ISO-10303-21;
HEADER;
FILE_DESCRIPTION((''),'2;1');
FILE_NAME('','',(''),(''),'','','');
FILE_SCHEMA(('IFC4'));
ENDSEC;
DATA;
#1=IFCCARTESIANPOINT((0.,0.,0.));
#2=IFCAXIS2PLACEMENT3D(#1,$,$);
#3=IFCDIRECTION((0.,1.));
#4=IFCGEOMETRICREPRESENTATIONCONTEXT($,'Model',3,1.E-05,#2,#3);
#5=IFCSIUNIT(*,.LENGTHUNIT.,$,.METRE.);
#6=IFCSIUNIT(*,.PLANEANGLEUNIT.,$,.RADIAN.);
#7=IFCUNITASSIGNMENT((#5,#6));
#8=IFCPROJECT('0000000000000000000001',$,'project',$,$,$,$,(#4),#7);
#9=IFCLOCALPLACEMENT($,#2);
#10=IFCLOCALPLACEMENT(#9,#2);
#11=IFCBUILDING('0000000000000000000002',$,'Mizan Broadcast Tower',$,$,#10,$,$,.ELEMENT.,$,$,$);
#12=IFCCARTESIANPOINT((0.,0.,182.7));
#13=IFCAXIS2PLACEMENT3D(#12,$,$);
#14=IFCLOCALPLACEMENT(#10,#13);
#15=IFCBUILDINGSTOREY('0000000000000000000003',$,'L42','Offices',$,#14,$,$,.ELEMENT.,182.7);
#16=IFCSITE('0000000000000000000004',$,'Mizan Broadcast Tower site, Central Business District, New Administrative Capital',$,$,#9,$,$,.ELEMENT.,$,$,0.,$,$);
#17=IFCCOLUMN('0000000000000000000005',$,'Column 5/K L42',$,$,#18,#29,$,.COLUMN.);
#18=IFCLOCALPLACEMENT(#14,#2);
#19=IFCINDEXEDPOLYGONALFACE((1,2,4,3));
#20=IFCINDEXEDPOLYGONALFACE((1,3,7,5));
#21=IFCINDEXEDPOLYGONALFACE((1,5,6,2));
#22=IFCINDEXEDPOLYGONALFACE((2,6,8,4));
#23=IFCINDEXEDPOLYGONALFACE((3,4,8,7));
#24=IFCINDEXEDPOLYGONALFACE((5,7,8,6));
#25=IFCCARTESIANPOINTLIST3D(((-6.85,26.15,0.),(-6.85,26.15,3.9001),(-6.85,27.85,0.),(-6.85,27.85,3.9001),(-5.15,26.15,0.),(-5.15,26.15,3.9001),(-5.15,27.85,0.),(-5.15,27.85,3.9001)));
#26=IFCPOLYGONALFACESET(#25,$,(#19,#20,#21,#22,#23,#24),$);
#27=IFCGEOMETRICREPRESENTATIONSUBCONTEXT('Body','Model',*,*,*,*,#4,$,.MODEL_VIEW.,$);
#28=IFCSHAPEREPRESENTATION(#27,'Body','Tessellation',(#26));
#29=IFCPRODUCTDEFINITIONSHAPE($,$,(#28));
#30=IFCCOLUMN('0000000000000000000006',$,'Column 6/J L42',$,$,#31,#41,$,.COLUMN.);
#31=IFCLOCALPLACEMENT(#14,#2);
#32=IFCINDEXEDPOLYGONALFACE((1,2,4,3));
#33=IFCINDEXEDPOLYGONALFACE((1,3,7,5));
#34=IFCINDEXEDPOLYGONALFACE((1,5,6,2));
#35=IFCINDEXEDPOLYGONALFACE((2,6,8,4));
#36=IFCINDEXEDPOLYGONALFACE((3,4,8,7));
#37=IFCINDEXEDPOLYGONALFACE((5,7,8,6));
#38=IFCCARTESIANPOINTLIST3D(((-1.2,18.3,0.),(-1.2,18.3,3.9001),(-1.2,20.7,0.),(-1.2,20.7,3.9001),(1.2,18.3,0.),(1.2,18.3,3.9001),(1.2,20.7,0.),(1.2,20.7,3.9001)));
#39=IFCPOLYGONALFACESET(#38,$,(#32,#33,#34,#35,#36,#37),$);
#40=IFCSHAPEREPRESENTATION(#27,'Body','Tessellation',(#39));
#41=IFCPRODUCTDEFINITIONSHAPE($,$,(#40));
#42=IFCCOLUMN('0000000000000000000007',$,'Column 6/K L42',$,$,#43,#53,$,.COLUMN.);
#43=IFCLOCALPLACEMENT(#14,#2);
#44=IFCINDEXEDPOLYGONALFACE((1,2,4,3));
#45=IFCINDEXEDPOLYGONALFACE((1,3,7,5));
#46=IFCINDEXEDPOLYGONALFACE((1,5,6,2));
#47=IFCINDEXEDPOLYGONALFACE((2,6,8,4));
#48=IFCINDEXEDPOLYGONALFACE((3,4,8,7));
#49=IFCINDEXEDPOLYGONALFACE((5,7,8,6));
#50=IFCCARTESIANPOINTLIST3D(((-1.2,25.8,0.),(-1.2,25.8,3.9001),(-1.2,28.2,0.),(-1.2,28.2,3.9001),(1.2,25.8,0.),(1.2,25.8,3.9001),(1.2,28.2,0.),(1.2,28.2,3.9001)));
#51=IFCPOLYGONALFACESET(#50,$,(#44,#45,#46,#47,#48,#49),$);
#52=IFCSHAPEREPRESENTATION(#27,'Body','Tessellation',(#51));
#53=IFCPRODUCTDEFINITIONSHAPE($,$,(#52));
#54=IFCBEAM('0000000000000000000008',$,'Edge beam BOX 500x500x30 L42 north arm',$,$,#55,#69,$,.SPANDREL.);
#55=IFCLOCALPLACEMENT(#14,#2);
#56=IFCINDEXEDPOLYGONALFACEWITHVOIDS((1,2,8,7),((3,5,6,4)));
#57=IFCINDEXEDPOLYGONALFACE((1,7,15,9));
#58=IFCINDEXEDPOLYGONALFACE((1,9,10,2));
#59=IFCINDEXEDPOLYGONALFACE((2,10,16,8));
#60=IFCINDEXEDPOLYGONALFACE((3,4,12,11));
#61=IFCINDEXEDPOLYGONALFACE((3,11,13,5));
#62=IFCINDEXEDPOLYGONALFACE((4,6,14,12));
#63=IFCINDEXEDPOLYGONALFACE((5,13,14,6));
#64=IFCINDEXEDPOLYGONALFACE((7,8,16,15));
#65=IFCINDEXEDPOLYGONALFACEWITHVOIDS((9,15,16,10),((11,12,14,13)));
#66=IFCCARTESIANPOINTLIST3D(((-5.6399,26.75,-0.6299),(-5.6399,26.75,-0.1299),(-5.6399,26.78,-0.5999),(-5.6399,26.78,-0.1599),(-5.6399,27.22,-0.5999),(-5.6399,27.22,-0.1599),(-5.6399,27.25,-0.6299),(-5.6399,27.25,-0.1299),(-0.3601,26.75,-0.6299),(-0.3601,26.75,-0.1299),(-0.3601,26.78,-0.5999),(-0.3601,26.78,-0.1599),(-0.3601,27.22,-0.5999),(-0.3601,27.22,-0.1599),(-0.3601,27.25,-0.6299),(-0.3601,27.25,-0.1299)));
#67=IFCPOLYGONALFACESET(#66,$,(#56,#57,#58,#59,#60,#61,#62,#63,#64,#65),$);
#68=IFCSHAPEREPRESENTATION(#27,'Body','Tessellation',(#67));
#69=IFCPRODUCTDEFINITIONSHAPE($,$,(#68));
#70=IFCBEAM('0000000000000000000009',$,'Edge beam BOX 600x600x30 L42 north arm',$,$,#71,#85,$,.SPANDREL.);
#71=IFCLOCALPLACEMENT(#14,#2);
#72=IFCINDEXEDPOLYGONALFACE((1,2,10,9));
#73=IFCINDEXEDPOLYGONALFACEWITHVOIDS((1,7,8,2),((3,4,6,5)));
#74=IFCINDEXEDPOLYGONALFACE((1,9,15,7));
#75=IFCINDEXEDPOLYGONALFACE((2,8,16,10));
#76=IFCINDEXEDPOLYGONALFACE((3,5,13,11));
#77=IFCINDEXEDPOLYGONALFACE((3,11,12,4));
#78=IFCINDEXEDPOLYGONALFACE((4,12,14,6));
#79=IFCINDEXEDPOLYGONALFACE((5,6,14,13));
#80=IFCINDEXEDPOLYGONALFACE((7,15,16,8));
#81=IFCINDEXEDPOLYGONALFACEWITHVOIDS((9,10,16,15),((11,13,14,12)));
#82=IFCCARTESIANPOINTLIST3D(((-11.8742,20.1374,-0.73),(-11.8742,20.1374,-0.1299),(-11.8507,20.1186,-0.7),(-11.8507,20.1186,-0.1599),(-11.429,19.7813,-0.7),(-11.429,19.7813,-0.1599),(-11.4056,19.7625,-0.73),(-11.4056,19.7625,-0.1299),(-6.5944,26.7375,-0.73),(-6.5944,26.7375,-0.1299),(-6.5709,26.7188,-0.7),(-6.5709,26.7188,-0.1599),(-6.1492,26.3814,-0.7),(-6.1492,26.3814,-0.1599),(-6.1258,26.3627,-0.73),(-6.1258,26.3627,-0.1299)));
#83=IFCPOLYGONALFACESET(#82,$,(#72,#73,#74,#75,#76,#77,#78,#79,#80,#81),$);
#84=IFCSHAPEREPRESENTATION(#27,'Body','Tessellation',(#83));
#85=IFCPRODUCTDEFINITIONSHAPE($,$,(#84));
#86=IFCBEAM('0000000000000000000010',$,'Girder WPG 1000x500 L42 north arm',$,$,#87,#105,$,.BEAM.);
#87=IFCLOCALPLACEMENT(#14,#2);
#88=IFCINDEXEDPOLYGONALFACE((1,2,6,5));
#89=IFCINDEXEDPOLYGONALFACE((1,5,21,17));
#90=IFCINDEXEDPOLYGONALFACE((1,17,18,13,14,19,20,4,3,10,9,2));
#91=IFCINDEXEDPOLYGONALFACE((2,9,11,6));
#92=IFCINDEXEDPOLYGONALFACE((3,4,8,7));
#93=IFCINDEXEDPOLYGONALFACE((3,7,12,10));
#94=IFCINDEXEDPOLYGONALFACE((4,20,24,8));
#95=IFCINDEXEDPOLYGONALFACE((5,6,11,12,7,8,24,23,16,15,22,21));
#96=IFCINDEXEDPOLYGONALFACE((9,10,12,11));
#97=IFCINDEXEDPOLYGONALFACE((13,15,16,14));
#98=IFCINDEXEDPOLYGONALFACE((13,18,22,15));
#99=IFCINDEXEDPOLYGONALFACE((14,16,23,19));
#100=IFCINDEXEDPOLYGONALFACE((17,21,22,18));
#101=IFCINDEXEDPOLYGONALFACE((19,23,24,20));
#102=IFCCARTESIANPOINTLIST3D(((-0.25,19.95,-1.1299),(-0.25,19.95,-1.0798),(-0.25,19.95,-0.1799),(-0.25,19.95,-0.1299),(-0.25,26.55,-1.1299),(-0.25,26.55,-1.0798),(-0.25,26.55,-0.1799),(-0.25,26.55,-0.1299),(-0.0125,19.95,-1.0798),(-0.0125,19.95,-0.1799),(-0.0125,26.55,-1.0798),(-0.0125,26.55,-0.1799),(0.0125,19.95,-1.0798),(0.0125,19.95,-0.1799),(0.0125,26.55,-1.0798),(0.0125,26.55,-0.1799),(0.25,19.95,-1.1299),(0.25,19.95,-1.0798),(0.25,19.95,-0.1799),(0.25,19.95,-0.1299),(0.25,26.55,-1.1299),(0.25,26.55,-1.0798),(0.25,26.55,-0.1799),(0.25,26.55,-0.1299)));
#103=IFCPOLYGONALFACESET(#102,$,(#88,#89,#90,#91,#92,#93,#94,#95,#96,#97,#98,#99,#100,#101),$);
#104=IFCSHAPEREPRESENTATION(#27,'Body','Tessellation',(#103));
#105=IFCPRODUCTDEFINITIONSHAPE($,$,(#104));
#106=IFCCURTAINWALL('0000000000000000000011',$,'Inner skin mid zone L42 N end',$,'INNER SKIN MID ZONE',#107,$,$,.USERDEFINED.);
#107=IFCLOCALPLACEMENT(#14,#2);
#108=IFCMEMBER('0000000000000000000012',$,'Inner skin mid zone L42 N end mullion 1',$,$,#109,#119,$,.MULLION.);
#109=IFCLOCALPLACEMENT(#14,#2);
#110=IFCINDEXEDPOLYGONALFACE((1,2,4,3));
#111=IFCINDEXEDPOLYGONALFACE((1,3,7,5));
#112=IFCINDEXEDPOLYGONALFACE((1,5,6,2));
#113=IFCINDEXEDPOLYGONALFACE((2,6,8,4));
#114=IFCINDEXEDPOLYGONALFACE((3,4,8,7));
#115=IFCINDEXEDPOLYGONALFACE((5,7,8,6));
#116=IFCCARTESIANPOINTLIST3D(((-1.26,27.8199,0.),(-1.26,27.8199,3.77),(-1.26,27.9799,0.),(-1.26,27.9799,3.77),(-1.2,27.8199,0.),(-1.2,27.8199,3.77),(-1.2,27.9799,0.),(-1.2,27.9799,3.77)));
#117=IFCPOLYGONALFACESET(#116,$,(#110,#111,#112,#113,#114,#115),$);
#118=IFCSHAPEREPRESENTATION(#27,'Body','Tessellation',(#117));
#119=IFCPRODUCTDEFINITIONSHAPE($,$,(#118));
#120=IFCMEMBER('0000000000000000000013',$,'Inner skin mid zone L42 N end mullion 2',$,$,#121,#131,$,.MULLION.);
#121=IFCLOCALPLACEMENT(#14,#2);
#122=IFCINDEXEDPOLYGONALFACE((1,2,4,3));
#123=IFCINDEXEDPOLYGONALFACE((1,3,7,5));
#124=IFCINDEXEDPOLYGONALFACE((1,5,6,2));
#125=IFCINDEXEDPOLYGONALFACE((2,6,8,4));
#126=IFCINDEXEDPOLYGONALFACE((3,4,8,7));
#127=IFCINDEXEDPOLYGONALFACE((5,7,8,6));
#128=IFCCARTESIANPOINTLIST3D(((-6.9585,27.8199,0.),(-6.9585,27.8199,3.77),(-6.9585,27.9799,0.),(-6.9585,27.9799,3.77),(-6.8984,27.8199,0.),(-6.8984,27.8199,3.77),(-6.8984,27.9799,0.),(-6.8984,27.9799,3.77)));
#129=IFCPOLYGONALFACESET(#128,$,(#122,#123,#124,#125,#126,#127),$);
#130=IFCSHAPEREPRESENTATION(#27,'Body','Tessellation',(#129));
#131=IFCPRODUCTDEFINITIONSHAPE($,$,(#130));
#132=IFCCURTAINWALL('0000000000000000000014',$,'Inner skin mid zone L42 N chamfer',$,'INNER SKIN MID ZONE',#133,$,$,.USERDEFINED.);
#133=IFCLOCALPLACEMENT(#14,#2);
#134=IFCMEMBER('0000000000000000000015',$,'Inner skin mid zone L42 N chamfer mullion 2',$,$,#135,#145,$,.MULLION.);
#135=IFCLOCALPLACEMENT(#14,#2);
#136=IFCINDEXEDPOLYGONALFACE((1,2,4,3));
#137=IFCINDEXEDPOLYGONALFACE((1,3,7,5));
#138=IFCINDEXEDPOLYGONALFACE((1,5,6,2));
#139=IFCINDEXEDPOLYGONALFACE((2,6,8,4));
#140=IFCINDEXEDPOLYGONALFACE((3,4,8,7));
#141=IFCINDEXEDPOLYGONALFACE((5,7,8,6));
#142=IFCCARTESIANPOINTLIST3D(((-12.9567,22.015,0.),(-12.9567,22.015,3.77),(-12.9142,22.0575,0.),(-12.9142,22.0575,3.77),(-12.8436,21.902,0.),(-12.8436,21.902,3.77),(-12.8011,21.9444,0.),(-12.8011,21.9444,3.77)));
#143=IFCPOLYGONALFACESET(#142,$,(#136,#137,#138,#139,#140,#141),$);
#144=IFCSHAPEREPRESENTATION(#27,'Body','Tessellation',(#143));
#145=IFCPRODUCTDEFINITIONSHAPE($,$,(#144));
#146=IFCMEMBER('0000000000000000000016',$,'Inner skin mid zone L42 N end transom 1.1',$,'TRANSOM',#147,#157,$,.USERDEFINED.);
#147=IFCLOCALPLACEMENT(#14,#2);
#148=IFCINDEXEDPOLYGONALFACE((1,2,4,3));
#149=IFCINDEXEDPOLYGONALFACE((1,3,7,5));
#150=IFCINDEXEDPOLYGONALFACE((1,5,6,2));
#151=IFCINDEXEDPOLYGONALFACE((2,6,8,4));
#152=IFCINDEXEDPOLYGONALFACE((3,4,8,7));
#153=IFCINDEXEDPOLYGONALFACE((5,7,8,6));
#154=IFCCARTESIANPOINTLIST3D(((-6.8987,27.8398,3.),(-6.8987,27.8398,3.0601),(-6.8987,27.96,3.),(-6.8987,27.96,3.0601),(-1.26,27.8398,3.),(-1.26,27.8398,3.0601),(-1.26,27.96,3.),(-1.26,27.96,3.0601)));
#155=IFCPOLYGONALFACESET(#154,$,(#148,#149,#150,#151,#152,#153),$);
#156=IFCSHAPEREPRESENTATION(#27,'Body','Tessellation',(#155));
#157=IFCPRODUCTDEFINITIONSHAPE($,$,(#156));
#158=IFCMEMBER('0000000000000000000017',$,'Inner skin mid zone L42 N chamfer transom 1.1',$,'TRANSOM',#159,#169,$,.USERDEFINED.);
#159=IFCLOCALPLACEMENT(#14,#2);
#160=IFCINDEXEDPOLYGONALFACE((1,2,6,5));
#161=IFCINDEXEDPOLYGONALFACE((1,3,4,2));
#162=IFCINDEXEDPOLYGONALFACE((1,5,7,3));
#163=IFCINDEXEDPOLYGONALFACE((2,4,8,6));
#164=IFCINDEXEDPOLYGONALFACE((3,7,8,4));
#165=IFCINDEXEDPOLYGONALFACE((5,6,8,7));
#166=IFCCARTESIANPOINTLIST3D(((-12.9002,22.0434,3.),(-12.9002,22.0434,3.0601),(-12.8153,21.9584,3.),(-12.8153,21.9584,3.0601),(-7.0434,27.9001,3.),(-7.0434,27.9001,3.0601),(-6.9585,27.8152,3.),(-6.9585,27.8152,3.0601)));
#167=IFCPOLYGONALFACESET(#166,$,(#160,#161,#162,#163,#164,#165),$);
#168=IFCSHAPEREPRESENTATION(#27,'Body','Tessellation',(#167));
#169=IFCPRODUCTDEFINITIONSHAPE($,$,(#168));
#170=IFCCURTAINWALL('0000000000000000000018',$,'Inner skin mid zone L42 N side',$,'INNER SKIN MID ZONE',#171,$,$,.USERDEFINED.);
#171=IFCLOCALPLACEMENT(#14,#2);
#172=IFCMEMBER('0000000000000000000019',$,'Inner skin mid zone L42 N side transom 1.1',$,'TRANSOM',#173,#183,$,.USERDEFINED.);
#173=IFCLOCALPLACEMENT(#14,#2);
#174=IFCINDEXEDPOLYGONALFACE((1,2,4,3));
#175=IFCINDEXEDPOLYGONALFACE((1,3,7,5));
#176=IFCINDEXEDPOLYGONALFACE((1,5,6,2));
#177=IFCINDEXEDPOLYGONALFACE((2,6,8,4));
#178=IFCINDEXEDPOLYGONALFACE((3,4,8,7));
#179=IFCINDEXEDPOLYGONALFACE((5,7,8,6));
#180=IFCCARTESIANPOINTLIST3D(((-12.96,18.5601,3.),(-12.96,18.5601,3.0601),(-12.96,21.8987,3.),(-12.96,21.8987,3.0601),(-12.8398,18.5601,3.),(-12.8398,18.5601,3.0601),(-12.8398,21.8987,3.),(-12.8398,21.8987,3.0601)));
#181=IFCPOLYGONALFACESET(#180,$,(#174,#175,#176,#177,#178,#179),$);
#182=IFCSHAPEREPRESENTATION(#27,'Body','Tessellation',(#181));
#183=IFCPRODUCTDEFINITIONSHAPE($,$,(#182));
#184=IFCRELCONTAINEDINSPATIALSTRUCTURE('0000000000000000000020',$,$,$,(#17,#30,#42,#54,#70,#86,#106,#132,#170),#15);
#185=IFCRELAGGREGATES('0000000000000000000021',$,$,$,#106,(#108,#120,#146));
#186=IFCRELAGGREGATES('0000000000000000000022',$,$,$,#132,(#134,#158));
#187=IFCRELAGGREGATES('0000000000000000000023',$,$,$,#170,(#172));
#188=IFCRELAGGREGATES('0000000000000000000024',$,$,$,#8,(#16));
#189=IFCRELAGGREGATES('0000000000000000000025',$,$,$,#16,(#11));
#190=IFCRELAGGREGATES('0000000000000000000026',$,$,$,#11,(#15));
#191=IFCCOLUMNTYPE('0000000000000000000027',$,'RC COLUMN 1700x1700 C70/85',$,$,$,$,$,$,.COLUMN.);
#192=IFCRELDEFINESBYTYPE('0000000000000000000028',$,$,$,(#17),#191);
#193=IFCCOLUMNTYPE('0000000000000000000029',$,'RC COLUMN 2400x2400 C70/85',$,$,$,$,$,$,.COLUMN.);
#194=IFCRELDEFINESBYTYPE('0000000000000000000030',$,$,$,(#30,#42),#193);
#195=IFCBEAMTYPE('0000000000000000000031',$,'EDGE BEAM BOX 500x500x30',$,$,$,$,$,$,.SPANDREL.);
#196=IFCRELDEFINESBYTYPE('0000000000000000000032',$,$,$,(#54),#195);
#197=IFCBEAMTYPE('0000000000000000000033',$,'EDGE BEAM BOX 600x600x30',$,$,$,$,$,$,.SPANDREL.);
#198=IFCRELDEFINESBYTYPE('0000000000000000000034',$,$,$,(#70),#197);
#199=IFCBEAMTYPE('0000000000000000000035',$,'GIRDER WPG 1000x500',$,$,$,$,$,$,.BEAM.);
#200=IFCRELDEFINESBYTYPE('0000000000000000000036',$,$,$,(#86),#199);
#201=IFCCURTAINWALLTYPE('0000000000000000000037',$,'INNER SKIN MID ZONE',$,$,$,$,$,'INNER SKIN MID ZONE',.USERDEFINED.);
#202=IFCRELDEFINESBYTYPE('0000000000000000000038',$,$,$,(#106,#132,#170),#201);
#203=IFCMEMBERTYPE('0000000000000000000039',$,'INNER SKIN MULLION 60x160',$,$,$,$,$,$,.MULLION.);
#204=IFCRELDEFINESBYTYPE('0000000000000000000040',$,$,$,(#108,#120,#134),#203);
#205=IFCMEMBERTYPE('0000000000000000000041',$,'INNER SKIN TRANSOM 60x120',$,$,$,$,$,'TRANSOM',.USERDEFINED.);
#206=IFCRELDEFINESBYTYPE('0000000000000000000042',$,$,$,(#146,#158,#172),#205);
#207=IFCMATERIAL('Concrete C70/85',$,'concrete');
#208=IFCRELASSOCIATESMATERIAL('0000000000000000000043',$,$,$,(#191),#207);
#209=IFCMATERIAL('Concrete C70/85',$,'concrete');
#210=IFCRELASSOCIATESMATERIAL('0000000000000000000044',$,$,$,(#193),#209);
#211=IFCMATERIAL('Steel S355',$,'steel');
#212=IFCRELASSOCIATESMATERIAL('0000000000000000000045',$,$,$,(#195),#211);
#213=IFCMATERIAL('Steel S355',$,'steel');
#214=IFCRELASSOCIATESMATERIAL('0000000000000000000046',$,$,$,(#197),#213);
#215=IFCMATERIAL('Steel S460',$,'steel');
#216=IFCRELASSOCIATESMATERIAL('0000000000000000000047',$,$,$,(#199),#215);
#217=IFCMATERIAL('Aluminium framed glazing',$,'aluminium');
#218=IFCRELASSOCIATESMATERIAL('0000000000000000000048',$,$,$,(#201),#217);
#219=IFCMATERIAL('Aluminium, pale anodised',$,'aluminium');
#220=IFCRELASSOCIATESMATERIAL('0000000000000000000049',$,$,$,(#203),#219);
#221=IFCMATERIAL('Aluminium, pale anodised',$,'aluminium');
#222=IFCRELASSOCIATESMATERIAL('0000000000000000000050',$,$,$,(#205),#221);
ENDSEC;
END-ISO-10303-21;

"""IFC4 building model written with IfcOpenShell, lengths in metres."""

from ifc_helpers import new_model, si_unit, direction, frame, origin, origin_2d, place, context, subcontext, project, spatial, rectangle, hollow_rectangle, i_section, extrude, material, material_profile, profile_set, type_object, element, aggregate, save


model = new_model("IFC4")

# Units and contexts
model_context = context("Model", 3, precision=1e-05, world=origin(), true_north=direction((0.0, 1.0)))
body_context = subcontext(model_context, "Body", "Model", "MODEL_VIEW")
ifc_project = project(units=[si_unit("LENGTHUNIT", "METRE"), si_unit("PLANEANGLEUNIT", "RADIAN")], contexts=[model_context])

# Site, building, storey
site_placement = place(None, origin())
site = spatial("IfcSite", under=ifc_project, at=site_placement, Name="Mizan Broadcast Tower site, Central Business District, New Administrative Capital", CompositionType="ELEMENT", RefElevation=0.0)
building_placement = place(site_placement, origin())
building = spatial("IfcBuilding", under=site, at=building_placement, Name="Mizan Broadcast Tower", CompositionType="ELEMENT")
storey_placement = place(building_placement, frame((0.0, 0.0, 182.7)))
storey = spatial("IfcBuildingStorey", under=building, at=storey_placement, Name="L42", Description="Offices", CompositionType="ELEMENT", Elevation=182.7)

# Columns
ifc_material_1 = material(Name="Concrete C70/85", Category="concrete")
ifc_material_profile_1 = material_profile(ifc_material_1, rectangle(XDim=1.7, YDim=1.7, at=origin_2d()), Name="RC 1700x1700")
ifc_profile_set_1 = profile_set([ifc_material_profile_1], Name="Concrete C70/85")
column_type_1 = type_object("IfcColumnType", Name="RC COLUMN 1700x1700 C70/85", PredefinedType="COLUMN", material=ifc_profile_set_1)
column_placement = place(storey_placement, frame((-6.0, 27.0, 0.0), z_axis=(0.0, 0.0, 1.0), x_axis=(1.0, 0.0, 0.0)))
element("IfcColumn", 1, at=column_placement, inside=storey, type_object=column_type_1, Name="Column 5/K L42", PredefinedType="COLUMN", context=body_context, shape_type="SweptSolid", body=[
    extrude(rectangle(XDim=1.7, YDim=1.7, at=origin_2d()), origin(), (0.0, 0.0, 1.0), 3.9001),
])
ifc_material_2 = material(Name="Concrete C70/85", Category="concrete")
ifc_material_profile_2 = material_profile(ifc_material_2, rectangle(XDim=2.3999, YDim=2.3999, at=origin_2d()), Name="RC 2400x2400")
ifc_profile_set_2 = profile_set([ifc_material_profile_2], Name="Concrete C70/85")
column_type_2 = type_object("IfcColumnType", Name="RC COLUMN 2400x2400 C70/85", PredefinedType="COLUMN", material=ifc_profile_set_2)
for number, where, z_axis, x_axis, name in (
    (2, (0.0, 19.5, 0.0), (0.0, 0.0, 1.0), (1.0, 0.0, 0.0), "Column 6/J L42"),
    (3, (0.0, 27.0, 0.0), (0.0, 0.0, 1.0), (1.0, 0.0, 0.0), "Column 6/K L42"),
):
    element("IfcColumn", number, at=place(storey_placement, frame(where, z_axis=z_axis, x_axis=x_axis)), inside=storey, type_object=column_type_2, Name=name, PredefinedType="COLUMN", context=body_context, shape_type="SweptSolid", body=[
        extrude(rectangle(XDim=2.3999, YDim=2.3999, at=origin_2d()), origin(), (0.0, 0.0, 1.0), 3.9001),
    ])

# Beams
ifc_material_3 = material(Name="Steel S355", Category="steel")
ifc_material_profile_3 = material_profile(ifc_material_3, hollow_rectangle(XDim=0.5, YDim=0.5, WallThickness=0.03, at=origin_2d()), Name="BOX 500x500x30")
ifc_profile_set_3 = profile_set([ifc_material_profile_3], Name="Steel S355")
beam_type_1 = type_object("IfcBeamType", Name="EDGE BEAM BOX 500x500x30", PredefinedType="SPANDREL", material=ifc_profile_set_3)
beam_1_placement = place(storey_placement, frame((-5.6399, 27.0, -0.3799), z_axis=(1.0, 0.0, 0.0), x_axis=(0.0, 1.0, 0.0)))
element("IfcBeam", 4, at=beam_1_placement, inside=storey, type_object=beam_type_1, Name="Edge beam BOX 500x500x30 L42 north arm", PredefinedType="SPANDREL", context=body_context, shape_type="SweptSolid", body=[
    extrude(hollow_rectangle(XDim=0.5, YDim=0.5, WallThickness=0.03, at=origin_2d()), origin(), (0.0, 0.0, 1.0), 5.2798),
])
ifc_material_4 = material(Name="Steel S355", Category="steel")
ifc_material_profile_4 = material_profile(ifc_material_4, hollow_rectangle(XDim=0.6001, YDim=0.6001, WallThickness=0.03, at=origin_2d()), Name="BOX 600x600x30")
ifc_profile_set_4 = profile_set([ifc_material_profile_4], Name="Steel S355")
beam_type_2 = type_object("IfcBeamType", Name="EDGE BEAM BOX 600x600x30", PredefinedType="SPANDREL", material=ifc_profile_set_4)
beam_2_placement = place(storey_placement, frame((-11.6399, 19.95, -0.4299), z_axis=(0.624674, 0.780886, 0.0), x_axis=(-0.780886, 0.624674, 0.0)))
element("IfcBeam", 5, at=beam_2_placement, inside=storey, type_object=beam_type_2, Name="Edge beam BOX 600x600x30 L42 north arm", PredefinedType="SPANDREL", context=body_context, shape_type="SweptSolid", body=[
    extrude(hollow_rectangle(XDim=0.6001, YDim=0.6001, WallThickness=0.03, at=origin_2d()), origin(), (0.0, 0.0, 1.0), 8.4521),
])
ifc_material_5 = material(Name="Steel S460", Category="steel")
ifc_material_profile_5 = material_profile(ifc_material_5, i_section(OverallWidth=0.5, OverallDepth=1.0, WebThickness=0.0249, FlangeThickness=0.05, at=origin_2d()), Name="WPG 1000x500")
ifc_profile_set_5 = profile_set([ifc_material_profile_5], Name="Steel S460")
beam_type_3 = type_object("IfcBeamType", Name="GIRDER WPG 1000x500", PredefinedType="BEAM", material=ifc_profile_set_5)
beam_3_placement = place(storey_placement, frame((0.0, 19.95, -0.6299), z_axis=(0.0, 1.0, 0.0), x_axis=(-1.0, 0.0, 0.0)))
element("IfcBeam", 6, at=beam_3_placement, inside=storey, type_object=beam_type_3, Name="Girder WPG 1000x500 L42 north arm", PredefinedType="BEAM", context=body_context, shape_type="SweptSolid", body=[
    extrude(i_section(OverallWidth=0.5, OverallDepth=1.0, WebThickness=0.0249, FlangeThickness=0.05, at=origin_2d()), origin(), (0.0, 0.0, 1.0), 6.6001),
])

# Curtain wall, members
ifc_material_6 = material(Name="Aluminium framed glazing", Category="aluminium")
curtain_wall_type_1 = type_object("IfcCurtainWallType", Name="INNER SKIN MID ZONE", ElementType="INNER SKIN MID ZONE", PredefinedType="USERDEFINED", material=ifc_material_6)
curtain_wall_1_placement = place(storey_placement, origin())
curtain_wall_1 = element("IfcCurtainWall", 7, at=curtain_wall_1_placement, inside=storey, type_object=curtain_wall_type_1, Name="Inner skin mid zone L42 N end", ObjectType="INNER SKIN MID ZONE", PredefinedType="USERDEFINED")
ifc_material_7 = material(Name="Aluminium, pale anodised", Category="aluminium")
ifc_material_profile_6 = material_profile(ifc_material_7, rectangle(XDim=0.1599, YDim=0.0601, at=origin_2d()), Name="MULLION 160x60")
ifc_profile_set_6 = profile_set([ifc_material_profile_6], Name="Aluminium, pale anodised")
member_type_1 = type_object("IfcMemberType", Name="INNER SKIN MULLION 60x160", PredefinedType="MULLION", material=ifc_profile_set_6)
member_1_placement = place(storey_placement, frame((-1.23, 27.8999, 0.0), z_axis=(0.0, 0.0, 1.0), x_axis=(0.0, -1.0, 0.0)))
member_1 = element("IfcMember", 8, at=member_1_placement, type_object=member_type_1, Name="Inner skin mid zone L42 N end mullion 1", PredefinedType="MULLION", context=body_context, shape_type="SweptSolid", body=[
    extrude(rectangle(XDim=0.1599, YDim=0.0601, at=origin_2d()), origin(), (0.0, 0.0, 1.0), 3.77),
])
member_2_placement = place(storey_placement, frame((-6.9285, 27.8999, 0.0), z_axis=(0.0, 0.0, 1.0), x_axis=(0.0, -1.0, 0.0)))
member_2 = element("IfcMember", 9, at=member_2_placement, type_object=member_type_1, Name="Inner skin mid zone L42 N end mullion 2", PredefinedType="MULLION", context=body_context, shape_type="SweptSolid", body=[
    extrude(rectangle(XDim=0.1599, YDim=0.0601, at=origin_2d()), origin(), (0.0, 0.0, 1.0), 3.77),
])

# Curtain wall, member
curtain_wall_2_placement = place(storey_placement, origin())
curtain_wall_2 = element("IfcCurtainWall", 10, at=curtain_wall_2_placement, inside=storey, type_object=curtain_wall_type_1, Name="Inner skin mid zone L42 N chamfer", ObjectType="INNER SKIN MID ZONE", PredefinedType="USERDEFINED")
member_3_placement = place(storey_placement, frame((-12.8789, 21.9797, 0.0), z_axis=(0.0, 0.0, 1.0), x_axis=(0.707107, -0.707107, 0.0)))
member_3 = element("IfcMember", 11, at=member_3_placement, type_object=member_type_1, Name="Inner skin mid zone L42 N chamfer mullion 2", PredefinedType="MULLION", context=body_context, shape_type="SweptSolid", body=[
    extrude(rectangle(XDim=0.1599, YDim=0.0601, at=origin_2d()), origin(), (0.0, 0.0, 1.0), 3.77),
])

# Members
ifc_material_8 = material(Name="Aluminium, pale anodised", Category="aluminium")
ifc_material_profile_7 = material_profile(ifc_material_8, rectangle(XDim=0.1201, YDim=0.0601, at=origin_2d()), Name="TRANSOM 120x60")
ifc_profile_set_7 = profile_set([ifc_material_profile_7], Name="Aluminium, pale anodised")
member_type_2 = type_object("IfcMemberType", Name="INNER SKIN TRANSOM 60x120", ElementType="TRANSOM", PredefinedType="USERDEFINED", material=ifc_profile_set_7)
member_4_placement = place(storey_placement, frame((-1.26, 27.8999, 3.03), z_axis=(-1.0, 0.0, 0.0), x_axis=(0.0, -1.0, 0.0)))
member_4 = element("IfcMember", 12, at=member_4_placement, type_object=member_type_2, Name="Inner skin mid zone L42 N end transom 1.1", ObjectType="TRANSOM", PredefinedType="USERDEFINED", context=body_context, shape_type="SweptSolid", body=[
    extrude(rectangle(XDim=0.1201, YDim=0.0601, at=origin_2d()), origin(), (0.0, 0.0, 1.0), 5.6387),
])
member_5_placement = place(storey_placement, frame((-7.001, 27.8577, 3.03), z_axis=(-0.707107, -0.707107, 0.0), x_axis=(0.707107, -0.707107, 0.0)))
member_5 = element("IfcMember", 13, at=member_5_placement, type_object=member_type_2, Name="Inner skin mid zone L42 N chamfer transom 1.1", ObjectType="TRANSOM", PredefinedType="USERDEFINED", context=body_context, shape_type="SweptSolid", body=[
    extrude(rectangle(XDim=0.1201, YDim=0.0601, at=origin_2d()), origin(), (0.0, 0.0, 1.0), 8.2827),
])

# Curtain wall, member
curtain_wall_3_placement = place(storey_placement, origin())
curtain_wall_3 = element("IfcCurtainWall", 14, at=curtain_wall_3_placement, inside=storey, type_object=curtain_wall_type_1, Name="Inner skin mid zone L42 N side", ObjectType="INNER SKIN MID ZONE", PredefinedType="USERDEFINED")
member_6_placement = place(storey_placement, frame((-12.8999, 21.8987, 3.03), z_axis=(0.0, -1.0, 0.0), x_axis=(1.0, 0.0, 0.0)))
member_6 = element("IfcMember", 15, at=member_6_placement, type_object=member_type_2, Name="Inner skin mid zone L42 N side transom 1.1", ObjectType="TRANSOM", PredefinedType="USERDEFINED", context=body_context, shape_type="SweptSolid", body=[
    extrude(rectangle(XDim=0.1201, YDim=0.0601, at=origin_2d()), origin(), (0.0, 0.0, 1.0), 3.3386),
])

aggregate(curtain_wall_1, [member_1, member_2, member_4])
aggregate(curtain_wall_2, [member_3, member_5])
aggregate(curtain_wall_3, [member_6])

save(model, "model.ifc")
